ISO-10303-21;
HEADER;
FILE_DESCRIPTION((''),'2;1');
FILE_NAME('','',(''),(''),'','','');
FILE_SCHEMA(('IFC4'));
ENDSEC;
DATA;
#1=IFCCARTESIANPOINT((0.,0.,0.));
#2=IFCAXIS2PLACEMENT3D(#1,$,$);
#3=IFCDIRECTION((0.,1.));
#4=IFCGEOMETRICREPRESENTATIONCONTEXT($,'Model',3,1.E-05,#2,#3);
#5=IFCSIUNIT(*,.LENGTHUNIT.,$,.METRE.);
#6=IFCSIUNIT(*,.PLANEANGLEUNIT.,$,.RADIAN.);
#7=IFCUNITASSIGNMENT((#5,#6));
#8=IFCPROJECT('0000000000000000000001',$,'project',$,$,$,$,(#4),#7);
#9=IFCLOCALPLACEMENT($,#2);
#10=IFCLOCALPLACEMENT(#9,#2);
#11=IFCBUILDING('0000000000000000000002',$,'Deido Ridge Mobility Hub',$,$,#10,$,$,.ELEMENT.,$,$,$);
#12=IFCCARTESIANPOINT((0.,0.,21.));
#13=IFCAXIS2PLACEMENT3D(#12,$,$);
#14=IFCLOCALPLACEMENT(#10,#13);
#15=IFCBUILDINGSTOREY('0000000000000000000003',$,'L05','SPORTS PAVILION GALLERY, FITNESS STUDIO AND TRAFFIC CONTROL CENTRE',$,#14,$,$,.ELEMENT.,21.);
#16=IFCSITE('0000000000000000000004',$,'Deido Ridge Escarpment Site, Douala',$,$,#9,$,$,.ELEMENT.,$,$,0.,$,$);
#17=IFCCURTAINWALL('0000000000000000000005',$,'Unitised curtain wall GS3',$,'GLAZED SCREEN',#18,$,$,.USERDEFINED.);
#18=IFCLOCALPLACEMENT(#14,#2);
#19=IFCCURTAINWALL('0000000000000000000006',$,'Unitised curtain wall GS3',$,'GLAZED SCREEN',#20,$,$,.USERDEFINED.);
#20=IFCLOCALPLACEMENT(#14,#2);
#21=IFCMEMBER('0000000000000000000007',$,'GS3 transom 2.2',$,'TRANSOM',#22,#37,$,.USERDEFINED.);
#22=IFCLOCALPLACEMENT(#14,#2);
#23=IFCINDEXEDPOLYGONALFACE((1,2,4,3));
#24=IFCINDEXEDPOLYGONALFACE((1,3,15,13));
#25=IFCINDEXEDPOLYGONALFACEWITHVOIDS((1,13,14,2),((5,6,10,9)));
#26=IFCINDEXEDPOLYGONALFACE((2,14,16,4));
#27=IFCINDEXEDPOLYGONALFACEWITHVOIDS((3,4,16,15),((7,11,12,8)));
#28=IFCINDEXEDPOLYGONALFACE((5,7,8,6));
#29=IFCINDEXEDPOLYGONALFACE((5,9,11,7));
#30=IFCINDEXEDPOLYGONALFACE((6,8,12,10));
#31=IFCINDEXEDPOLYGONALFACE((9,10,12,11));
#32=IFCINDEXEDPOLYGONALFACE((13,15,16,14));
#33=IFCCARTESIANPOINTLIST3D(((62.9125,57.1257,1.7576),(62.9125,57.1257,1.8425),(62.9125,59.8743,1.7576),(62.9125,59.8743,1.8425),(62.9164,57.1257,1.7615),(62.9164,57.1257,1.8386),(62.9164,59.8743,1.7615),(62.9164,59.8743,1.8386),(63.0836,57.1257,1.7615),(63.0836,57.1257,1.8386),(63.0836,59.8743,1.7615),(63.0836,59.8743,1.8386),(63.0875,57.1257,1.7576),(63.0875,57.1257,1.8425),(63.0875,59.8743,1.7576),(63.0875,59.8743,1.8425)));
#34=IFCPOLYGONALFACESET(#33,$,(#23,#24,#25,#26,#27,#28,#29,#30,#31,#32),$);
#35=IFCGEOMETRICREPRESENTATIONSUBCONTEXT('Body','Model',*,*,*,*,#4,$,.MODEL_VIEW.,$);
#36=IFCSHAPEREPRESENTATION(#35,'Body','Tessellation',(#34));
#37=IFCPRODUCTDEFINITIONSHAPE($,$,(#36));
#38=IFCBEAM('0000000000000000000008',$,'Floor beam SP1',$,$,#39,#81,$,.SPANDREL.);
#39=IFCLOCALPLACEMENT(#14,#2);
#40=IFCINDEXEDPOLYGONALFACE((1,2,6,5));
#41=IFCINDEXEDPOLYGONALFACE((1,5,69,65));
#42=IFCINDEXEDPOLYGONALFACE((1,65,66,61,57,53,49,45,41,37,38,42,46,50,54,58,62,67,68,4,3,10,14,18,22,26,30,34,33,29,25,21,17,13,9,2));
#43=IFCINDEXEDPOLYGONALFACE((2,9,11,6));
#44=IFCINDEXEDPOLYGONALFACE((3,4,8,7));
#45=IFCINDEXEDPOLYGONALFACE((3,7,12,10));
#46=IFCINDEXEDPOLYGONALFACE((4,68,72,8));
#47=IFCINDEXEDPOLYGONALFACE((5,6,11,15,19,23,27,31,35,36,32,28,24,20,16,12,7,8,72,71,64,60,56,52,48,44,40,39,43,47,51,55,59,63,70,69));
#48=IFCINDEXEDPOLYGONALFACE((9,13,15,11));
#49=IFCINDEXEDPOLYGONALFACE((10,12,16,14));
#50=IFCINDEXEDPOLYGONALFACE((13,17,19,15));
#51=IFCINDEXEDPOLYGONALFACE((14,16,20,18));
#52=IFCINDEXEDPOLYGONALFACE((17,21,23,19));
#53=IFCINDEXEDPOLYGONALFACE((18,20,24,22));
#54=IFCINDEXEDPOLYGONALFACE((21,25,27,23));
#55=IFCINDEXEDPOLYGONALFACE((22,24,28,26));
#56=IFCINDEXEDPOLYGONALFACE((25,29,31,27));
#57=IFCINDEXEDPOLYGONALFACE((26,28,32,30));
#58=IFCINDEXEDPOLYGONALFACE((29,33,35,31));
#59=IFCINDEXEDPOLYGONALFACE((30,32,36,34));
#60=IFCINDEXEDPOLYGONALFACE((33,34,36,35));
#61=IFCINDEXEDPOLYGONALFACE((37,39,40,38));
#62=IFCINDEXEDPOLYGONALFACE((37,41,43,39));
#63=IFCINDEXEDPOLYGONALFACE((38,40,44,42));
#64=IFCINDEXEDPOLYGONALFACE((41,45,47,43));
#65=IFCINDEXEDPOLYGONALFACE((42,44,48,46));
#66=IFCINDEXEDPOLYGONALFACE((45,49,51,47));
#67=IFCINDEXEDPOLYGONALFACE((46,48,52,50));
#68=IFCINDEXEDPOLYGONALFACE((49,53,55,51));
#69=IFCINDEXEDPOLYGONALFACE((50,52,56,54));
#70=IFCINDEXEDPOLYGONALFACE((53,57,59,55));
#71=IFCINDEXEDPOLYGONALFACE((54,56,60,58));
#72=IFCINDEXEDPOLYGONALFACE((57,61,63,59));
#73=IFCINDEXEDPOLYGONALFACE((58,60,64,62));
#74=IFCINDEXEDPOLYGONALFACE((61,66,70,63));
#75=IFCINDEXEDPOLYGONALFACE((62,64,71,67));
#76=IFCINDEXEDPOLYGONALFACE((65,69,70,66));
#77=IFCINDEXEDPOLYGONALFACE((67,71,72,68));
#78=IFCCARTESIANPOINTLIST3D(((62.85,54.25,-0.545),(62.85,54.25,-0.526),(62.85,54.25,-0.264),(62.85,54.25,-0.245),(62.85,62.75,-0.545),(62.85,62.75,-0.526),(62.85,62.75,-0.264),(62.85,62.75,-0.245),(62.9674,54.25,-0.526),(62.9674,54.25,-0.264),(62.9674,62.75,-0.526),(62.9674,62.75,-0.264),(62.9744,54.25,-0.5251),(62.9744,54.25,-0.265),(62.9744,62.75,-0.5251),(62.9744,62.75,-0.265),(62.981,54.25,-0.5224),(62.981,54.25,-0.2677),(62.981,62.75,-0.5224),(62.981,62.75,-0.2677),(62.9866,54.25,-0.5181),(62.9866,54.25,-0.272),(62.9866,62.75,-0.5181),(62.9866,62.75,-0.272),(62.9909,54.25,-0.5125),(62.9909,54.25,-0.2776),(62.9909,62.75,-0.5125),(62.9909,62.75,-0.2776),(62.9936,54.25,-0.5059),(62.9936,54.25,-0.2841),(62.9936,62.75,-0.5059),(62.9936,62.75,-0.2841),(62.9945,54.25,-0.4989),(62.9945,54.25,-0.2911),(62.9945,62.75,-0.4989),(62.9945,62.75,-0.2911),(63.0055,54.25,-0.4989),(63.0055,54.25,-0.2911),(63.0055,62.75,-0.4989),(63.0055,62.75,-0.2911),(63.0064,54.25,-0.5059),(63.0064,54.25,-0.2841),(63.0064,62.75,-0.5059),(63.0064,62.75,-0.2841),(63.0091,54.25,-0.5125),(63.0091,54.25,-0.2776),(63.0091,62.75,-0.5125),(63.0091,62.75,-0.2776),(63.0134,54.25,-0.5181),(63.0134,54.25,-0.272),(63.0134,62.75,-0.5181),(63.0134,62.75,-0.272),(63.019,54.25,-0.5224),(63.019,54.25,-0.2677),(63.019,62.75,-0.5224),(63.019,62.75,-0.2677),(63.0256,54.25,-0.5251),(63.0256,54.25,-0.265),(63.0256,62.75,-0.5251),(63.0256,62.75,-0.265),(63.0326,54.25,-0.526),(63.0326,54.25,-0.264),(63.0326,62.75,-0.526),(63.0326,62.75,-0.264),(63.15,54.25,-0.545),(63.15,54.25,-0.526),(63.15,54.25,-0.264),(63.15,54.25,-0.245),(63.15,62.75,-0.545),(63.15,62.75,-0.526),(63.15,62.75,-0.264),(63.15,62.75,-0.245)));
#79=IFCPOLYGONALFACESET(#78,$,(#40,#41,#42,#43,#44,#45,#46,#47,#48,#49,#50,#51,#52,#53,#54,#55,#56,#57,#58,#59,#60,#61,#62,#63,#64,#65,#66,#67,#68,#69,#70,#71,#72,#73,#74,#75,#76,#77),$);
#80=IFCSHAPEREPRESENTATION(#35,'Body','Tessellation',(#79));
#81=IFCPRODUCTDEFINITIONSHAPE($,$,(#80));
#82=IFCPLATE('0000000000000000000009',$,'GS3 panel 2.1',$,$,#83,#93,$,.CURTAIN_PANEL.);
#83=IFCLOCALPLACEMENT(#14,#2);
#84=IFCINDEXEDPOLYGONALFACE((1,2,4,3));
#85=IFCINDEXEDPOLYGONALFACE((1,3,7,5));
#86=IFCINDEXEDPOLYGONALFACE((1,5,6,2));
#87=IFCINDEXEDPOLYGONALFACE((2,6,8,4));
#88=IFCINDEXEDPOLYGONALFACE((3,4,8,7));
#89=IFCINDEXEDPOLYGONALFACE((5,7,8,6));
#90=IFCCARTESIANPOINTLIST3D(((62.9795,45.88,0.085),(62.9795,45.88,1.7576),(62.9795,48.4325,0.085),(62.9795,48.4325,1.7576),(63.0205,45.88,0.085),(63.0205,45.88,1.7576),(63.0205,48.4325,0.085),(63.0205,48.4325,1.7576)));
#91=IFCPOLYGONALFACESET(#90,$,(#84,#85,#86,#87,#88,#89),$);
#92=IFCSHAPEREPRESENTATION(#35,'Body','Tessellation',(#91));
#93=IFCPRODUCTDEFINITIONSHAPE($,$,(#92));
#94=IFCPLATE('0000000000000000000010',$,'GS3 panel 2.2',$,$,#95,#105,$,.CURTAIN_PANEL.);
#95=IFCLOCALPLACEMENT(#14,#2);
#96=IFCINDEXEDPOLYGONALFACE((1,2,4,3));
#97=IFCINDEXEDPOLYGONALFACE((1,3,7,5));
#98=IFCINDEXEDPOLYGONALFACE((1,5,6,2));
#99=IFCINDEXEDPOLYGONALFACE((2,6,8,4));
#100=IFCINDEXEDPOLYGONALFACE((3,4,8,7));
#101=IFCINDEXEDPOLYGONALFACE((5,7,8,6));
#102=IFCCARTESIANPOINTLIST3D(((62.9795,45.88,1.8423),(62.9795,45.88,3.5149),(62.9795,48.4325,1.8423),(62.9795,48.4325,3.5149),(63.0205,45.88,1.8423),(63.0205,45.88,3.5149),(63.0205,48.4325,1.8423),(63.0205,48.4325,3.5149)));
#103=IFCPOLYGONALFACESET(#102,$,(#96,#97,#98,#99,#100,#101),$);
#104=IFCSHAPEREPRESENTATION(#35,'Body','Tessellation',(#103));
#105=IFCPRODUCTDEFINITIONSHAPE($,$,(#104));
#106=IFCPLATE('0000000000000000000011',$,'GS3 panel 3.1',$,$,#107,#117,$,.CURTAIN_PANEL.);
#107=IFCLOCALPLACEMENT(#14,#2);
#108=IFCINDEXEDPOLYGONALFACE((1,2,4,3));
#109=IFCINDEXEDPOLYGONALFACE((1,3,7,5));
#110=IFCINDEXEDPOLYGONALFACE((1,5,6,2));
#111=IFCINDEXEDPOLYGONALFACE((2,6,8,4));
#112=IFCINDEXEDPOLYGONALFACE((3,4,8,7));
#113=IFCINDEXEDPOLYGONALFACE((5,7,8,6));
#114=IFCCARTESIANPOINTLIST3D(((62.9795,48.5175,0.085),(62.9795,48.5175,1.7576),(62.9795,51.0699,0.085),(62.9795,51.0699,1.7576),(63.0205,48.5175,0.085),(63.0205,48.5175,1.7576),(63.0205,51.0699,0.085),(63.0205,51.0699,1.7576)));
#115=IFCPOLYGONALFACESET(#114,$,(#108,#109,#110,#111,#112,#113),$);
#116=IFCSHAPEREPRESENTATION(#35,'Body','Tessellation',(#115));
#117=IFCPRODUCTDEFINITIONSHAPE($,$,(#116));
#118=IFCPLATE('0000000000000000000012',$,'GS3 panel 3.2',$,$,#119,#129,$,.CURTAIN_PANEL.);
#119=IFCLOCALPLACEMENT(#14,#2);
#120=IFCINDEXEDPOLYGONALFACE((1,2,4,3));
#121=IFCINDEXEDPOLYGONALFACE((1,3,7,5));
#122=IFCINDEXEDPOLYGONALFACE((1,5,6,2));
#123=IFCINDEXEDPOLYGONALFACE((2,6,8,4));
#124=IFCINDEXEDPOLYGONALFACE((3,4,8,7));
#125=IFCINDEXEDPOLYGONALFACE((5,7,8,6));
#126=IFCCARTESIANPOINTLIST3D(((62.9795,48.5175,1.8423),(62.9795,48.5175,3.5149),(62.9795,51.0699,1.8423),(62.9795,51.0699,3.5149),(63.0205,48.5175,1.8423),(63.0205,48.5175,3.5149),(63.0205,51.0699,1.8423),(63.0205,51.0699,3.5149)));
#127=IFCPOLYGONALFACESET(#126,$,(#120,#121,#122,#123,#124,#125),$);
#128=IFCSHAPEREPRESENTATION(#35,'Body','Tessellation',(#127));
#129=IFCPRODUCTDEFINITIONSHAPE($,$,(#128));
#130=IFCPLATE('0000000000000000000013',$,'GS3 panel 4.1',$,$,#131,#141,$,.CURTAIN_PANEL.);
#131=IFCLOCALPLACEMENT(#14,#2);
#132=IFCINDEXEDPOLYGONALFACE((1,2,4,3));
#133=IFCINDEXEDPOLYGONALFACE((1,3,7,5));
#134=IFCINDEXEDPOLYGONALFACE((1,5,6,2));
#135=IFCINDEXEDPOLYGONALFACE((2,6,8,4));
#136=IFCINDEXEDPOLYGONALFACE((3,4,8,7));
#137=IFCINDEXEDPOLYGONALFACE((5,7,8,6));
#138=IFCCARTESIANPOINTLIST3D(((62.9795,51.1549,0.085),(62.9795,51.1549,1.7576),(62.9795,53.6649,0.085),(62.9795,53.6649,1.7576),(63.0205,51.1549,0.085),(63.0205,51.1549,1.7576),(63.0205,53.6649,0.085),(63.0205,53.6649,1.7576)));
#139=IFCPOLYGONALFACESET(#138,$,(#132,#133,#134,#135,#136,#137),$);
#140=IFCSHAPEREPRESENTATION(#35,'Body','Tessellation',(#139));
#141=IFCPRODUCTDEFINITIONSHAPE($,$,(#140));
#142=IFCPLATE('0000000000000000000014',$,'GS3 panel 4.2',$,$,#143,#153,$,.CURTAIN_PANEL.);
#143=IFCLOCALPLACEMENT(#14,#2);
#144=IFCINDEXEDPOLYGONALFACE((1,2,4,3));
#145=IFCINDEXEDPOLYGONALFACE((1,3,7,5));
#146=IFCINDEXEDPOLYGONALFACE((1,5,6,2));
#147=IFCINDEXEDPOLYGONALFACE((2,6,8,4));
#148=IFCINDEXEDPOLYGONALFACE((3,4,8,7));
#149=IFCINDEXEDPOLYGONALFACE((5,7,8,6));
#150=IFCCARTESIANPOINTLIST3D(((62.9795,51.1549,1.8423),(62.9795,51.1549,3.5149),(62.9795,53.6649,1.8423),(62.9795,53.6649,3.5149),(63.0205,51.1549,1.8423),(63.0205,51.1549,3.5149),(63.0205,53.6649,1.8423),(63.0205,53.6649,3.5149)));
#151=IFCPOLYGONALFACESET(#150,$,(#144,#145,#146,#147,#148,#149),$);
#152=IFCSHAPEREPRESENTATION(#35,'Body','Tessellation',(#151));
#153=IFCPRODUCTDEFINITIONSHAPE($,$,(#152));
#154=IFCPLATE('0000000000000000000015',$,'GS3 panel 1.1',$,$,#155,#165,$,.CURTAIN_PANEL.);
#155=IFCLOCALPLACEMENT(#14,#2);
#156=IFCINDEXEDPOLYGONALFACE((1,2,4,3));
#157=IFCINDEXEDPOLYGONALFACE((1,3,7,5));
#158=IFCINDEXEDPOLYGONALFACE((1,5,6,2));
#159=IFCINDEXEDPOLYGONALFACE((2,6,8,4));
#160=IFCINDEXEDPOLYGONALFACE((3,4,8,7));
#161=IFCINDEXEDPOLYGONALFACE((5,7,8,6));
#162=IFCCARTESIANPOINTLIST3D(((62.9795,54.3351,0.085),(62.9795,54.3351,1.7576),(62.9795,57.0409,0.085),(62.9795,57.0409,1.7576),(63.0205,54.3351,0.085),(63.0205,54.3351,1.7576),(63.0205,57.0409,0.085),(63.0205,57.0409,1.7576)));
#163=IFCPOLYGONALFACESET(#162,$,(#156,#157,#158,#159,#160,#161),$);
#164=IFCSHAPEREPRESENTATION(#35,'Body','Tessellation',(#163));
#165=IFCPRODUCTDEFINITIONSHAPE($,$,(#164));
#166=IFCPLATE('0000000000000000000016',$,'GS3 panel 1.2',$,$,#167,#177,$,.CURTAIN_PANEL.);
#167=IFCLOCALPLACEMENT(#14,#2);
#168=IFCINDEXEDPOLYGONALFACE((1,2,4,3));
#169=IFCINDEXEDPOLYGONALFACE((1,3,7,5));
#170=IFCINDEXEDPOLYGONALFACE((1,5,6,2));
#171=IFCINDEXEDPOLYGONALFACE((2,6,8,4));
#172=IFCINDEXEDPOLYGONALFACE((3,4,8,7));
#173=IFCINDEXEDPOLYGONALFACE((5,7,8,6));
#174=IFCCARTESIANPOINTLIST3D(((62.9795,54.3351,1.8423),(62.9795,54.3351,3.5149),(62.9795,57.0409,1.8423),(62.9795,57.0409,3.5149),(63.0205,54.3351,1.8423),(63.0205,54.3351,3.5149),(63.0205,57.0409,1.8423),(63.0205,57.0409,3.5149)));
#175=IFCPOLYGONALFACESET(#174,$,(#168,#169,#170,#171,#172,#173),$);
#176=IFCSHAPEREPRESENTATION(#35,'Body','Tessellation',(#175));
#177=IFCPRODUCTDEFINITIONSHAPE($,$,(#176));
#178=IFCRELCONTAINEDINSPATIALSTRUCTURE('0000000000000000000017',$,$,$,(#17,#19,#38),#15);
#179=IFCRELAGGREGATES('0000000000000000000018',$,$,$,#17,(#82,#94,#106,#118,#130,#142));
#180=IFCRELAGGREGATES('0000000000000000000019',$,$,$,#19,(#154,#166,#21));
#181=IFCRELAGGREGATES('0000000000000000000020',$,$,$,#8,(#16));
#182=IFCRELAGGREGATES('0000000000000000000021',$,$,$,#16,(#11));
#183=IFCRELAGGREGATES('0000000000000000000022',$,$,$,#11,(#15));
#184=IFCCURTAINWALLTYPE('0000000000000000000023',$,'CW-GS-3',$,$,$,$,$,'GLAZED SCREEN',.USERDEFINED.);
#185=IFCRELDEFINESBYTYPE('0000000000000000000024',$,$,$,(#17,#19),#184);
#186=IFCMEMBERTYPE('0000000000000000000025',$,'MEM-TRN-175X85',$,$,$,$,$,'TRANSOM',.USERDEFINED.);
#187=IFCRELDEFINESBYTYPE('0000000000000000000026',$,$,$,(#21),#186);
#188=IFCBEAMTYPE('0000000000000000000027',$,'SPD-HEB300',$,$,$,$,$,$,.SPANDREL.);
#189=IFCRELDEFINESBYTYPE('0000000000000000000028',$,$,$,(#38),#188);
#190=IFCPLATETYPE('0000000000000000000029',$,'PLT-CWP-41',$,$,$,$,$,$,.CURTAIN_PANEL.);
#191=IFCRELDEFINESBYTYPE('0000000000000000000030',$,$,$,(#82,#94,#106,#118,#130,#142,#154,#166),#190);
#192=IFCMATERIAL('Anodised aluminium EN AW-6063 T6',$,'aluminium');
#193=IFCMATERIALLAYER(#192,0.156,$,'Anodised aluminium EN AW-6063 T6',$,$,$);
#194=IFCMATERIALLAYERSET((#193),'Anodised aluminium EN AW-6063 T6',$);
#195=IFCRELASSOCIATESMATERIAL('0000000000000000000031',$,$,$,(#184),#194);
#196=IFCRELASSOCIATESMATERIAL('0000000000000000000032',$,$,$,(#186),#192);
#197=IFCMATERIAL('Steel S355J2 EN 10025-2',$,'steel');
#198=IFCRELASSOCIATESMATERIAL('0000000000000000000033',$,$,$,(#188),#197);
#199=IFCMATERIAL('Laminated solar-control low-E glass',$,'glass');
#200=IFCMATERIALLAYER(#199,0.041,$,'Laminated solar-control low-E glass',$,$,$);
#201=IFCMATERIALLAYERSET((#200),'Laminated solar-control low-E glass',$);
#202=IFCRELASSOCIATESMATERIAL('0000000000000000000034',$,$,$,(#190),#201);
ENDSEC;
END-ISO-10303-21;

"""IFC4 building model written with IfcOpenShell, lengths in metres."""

from ifc_helpers import new_model, si_unit, direction, frame, origin, origin_2d, place, context, subcontext, project, spatial, rectangle, hollow_rectangle, i_section, extrude, material, layer, layer_set, material_profile, profile_set, type_object, element, aggregate, save


model = new_model("IFC4")

# Units and contexts
model_context = context("Model", 3, precision=1e-05, world=origin(), true_north=direction((0.0, 1.0)))
body_context = subcontext(model_context, "Body", "Model", "MODEL_VIEW")
ifc_project = project(units=[si_unit("LENGTHUNIT", "METRE"), si_unit("PLANEANGLEUNIT", "RADIAN")], contexts=[model_context])

# Site, building, storey
site_placement = place(None, origin())
site = spatial("IfcSite", under=ifc_project, at=site_placement, Name="Deido Ridge Escarpment Site, Douala", CompositionType="ELEMENT", RefElevation=0.0)
building_placement = place(site_placement, origin())
building = spatial("IfcBuilding", under=site, at=building_placement, Name="Deido Ridge Mobility Hub", CompositionType="ELEMENT")
storey_placement = place(building_placement, frame((0.0, 0.0, 21.0)))
storey = spatial("IfcBuildingStorey", under=building, at=storey_placement, Name="L05", Description="SPORTS PAVILION GALLERY, FITNESS STUDIO AND TRAFFIC CONTROL CENTRE", CompositionType="ELEMENT", Elevation=21.0)

# Shared definitions
ifc_material_1 = material(Name="Steel S355J2 EN 10025-2", Category="steel")

# Curtain walls
ifc_material_2 = material(Name="Anodised aluminium EN AW-6063 T6", Category="aluminium")
ifc_layer_1 = layer(ifc_material_2, 0.156, Name="Anodised aluminium EN AW-6063 T6")
ifc_layer_set_1 = layer_set([ifc_layer_1], Name="Anodised aluminium EN AW-6063 T6")
curtain_wall_type = type_object("IfcCurtainWallType", Name="CW-GS-3", ElementType="GLAZED SCREEN", PredefinedType="USERDEFINED", material=ifc_layer_set_1)
curtain_wall_1_placement = place(storey_placement, origin())
curtain_wall_1 = element("IfcCurtainWall", 1, at=curtain_wall_1_placement, inside=storey, type_object=curtain_wall_type, Name="Unitised curtain wall GS3", ObjectType="GLAZED SCREEN", PredefinedType="USERDEFINED")
curtain_wall_2_placement = place(storey_placement, origin())
curtain_wall_2 = element("IfcCurtainWall", 2, at=curtain_wall_2_placement, inside=storey, type_object=curtain_wall_type, Name="Unitised curtain wall GS3", ObjectType="GLAZED SCREEN", PredefinedType="USERDEFINED")

# Member
ifc_material_profile_1 = material_profile(ifc_material_2, hollow_rectangle(XDim=0.175, YDim=0.085, WallThickness=0.0039, at=origin_2d()), Name="RHS 175x85x4")
ifc_profile_set_1 = profile_set([ifc_material_profile_1], Name="Anodised aluminium EN AW-6063 T6")
member_type_1 = type_object("IfcMemberType", Name="MEM-TRN-175X85", ElementType="TRANSOM", PredefinedType="USERDEFINED", material=ifc_profile_set_1)
member_1_placement = place(storey_placement, frame((63.0, 57.1257, 1.8), z_axis=(0.0, 1.0, 0.0), x_axis=(-1.0, 0.0, 0.0)))
member_1 = element("IfcMember", 3, at=member_1_placement, type_object=member_type_1, Name="GS3 transom 2.2", ObjectType="TRANSOM", PredefinedType="USERDEFINED", context=body_context, shape_type="SweptSolid", body=[
    extrude(hollow_rectangle(XDim=0.175, YDim=0.085, WallThickness=0.0039, at=origin_2d()), origin(), (0.0, 0.0, 1.0), 2.7485),
])

# Beam
ifc_material_profile_2 = material_profile(ifc_material_1, i_section(OverallWidth=0.3, OverallDepth=0.3, WebThickness=0.011, FlangeThickness=0.019, FilletRadius=0.0271, at=origin_2d()), Name="HEB 300")
ifc_profile_set_2 = profile_set([ifc_material_profile_2], Name="Steel S355J2 EN 10025-2")
beam_type = type_object("IfcBeamType", Name="SPD-HEB300", PredefinedType="SPANDREL", material=ifc_profile_set_2)
beam_placement = place(storey_placement, frame((63.0, 54.25, -0.395), z_axis=(0.0, 1.0, 0.0), x_axis=(-1.0, 0.0, 0.0)))
element("IfcBeam", 4, at=beam_placement, inside=storey, type_object=beam_type, Name="Floor beam SP1", PredefinedType="SPANDREL", context=body_context, shape_type="SweptSolid", body=[
    extrude(i_section(OverallWidth=0.3, OverallDepth=0.3, WebThickness=0.011, FlangeThickness=0.019, FilletRadius=0.0271, at=origin_2d()), origin(), (0.0, 0.0, 1.0), 8.5),
])

# Plates
ifc_material_3 = material(Name="Laminated solar-control low-E glass", Category="glass")
ifc_layer_2 = layer(ifc_material_3, 0.041, Name="Laminated solar-control low-E glass")
ifc_layer_set_2 = layer_set([ifc_layer_2], Name="Laminated solar-control low-E glass")
plate_type = type_object("IfcPlateType", Name="PLT-CWP-41", PredefinedType="CURTAIN_PANEL", material=ifc_layer_set_2)
plate_1_placement = place(storey_placement, frame((63.0, 47.1562, 0.085), z_axis=(0.0, 0.0, 1.0), x_axis=(0.0, 1.0, 0.0)))
plate_1 = element("IfcPlate", 5, at=plate_1_placement, type_object=plate_type, Name="GS3 panel 2.1", PredefinedType="CURTAIN_PANEL", context=body_context, shape_type="SweptSolid", body=[
    extrude(rectangle(XDim=2.5525, YDim=0.041, at=origin_2d()), origin(), (0.0, 0.0, 1.0), 1.6726),
])
plate_2_placement = place(storey_placement, frame((63.0, 47.1562, 1.8423), z_axis=(0.0, 0.0, 1.0), x_axis=(0.0, 1.0, 0.0)))
plate_2 = element("IfcPlate", 6, at=plate_2_placement, type_object=plate_type, Name="GS3 panel 2.2", PredefinedType="CURTAIN_PANEL", context=body_context, shape_type="SweptSolid", body=[
    extrude(rectangle(XDim=2.5525, YDim=0.041, at=origin_2d()), origin(), (0.0, 0.0, 1.0), 1.6726),
])
plate_3_placement = place(storey_placement, frame((63.0, 49.7937, 0.085), z_axis=(0.0, 0.0, 1.0), x_axis=(0.0, 1.0, 0.0)))
plate_3 = element("IfcPlate", 7, at=plate_3_placement, type_object=plate_type, Name="GS3 panel 3.1", PredefinedType="CURTAIN_PANEL", context=body_context, shape_type="SweptSolid", body=[
    extrude(rectangle(XDim=2.5525, YDim=0.041, at=origin_2d()), origin(), (0.0, 0.0, 1.0), 1.6726),
])
plate_4_placement = place(storey_placement, frame((63.0, 49.7937, 1.8423), z_axis=(0.0, 0.0, 1.0), x_axis=(0.0, 1.0, 0.0)))
plate_4 = element("IfcPlate", 8, at=plate_4_placement, type_object=plate_type, Name="GS3 panel 3.2", PredefinedType="CURTAIN_PANEL", context=body_context, shape_type="SweptSolid", body=[
    extrude(rectangle(XDim=2.5525, YDim=0.041, at=origin_2d()), origin(), (0.0, 0.0, 1.0), 1.6726),
])
plate_5_placement = place(storey_placement, frame((63.0, 52.4099, 0.085), z_axis=(0.0, 0.0, 1.0), x_axis=(0.0, 1.0, 0.0)))
plate_5 = element("IfcPlate", 9, at=plate_5_placement, type_object=plate_type, Name="GS3 panel 4.1", PredefinedType="CURTAIN_PANEL", context=body_context, shape_type="SweptSolid", body=[
    extrude(rectangle(XDim=2.51, YDim=0.041, at=origin_2d()), origin(), (0.0, 0.0, 1.0), 1.6726),
])
plate_6_placement = place(storey_placement, frame((63.0, 52.4099, 1.8423), z_axis=(0.0, 0.0, 1.0), x_axis=(0.0, 1.0, 0.0)))
plate_6 = element("IfcPlate", 10, at=plate_6_placement, type_object=plate_type, Name="GS3 panel 4.2", PredefinedType="CURTAIN_PANEL", context=body_context, shape_type="SweptSolid", body=[
    extrude(rectangle(XDim=2.51, YDim=0.041, at=origin_2d()), origin(), (0.0, 0.0, 1.0), 1.6726),
])
aggregate(curtain_wall_1, [plate_1, plate_2, plate_3, plate_4, plate_5, plate_6])
plate_7_placement = place(storey_placement, frame((63.0, 55.688, 0.085), z_axis=(0.0, 0.0, 1.0), x_axis=(0.0, 1.0, 0.0)))
plate_7 = element("IfcPlate", 11, at=plate_7_placement, type_object=plate_type, Name="GS3 panel 1.1", PredefinedType="CURTAIN_PANEL", context=body_context, shape_type="SweptSolid", body=[
    extrude(rectangle(XDim=2.7058, YDim=0.041, at=origin_2d()), origin(), (0.0, 0.0, 1.0), 1.6726),
])
plate_8_placement = place(storey_placement, frame((63.0, 55.688, 1.8423), z_axis=(0.0, 0.0, 1.0), x_axis=(0.0, 1.0, 0.0)))
plate_8 = element("IfcPlate", 12, at=plate_8_placement, type_object=plate_type, Name="GS3 panel 1.2", PredefinedType="CURTAIN_PANEL", context=body_context, shape_type="SweptSolid", body=[
    extrude(rectangle(XDim=2.7058, YDim=0.041, at=origin_2d()), origin(), (0.0, 0.0, 1.0), 1.6726),
])
aggregate(curtain_wall_2, [plate_7, plate_8, member_1])

save(model, "model.ifc")
